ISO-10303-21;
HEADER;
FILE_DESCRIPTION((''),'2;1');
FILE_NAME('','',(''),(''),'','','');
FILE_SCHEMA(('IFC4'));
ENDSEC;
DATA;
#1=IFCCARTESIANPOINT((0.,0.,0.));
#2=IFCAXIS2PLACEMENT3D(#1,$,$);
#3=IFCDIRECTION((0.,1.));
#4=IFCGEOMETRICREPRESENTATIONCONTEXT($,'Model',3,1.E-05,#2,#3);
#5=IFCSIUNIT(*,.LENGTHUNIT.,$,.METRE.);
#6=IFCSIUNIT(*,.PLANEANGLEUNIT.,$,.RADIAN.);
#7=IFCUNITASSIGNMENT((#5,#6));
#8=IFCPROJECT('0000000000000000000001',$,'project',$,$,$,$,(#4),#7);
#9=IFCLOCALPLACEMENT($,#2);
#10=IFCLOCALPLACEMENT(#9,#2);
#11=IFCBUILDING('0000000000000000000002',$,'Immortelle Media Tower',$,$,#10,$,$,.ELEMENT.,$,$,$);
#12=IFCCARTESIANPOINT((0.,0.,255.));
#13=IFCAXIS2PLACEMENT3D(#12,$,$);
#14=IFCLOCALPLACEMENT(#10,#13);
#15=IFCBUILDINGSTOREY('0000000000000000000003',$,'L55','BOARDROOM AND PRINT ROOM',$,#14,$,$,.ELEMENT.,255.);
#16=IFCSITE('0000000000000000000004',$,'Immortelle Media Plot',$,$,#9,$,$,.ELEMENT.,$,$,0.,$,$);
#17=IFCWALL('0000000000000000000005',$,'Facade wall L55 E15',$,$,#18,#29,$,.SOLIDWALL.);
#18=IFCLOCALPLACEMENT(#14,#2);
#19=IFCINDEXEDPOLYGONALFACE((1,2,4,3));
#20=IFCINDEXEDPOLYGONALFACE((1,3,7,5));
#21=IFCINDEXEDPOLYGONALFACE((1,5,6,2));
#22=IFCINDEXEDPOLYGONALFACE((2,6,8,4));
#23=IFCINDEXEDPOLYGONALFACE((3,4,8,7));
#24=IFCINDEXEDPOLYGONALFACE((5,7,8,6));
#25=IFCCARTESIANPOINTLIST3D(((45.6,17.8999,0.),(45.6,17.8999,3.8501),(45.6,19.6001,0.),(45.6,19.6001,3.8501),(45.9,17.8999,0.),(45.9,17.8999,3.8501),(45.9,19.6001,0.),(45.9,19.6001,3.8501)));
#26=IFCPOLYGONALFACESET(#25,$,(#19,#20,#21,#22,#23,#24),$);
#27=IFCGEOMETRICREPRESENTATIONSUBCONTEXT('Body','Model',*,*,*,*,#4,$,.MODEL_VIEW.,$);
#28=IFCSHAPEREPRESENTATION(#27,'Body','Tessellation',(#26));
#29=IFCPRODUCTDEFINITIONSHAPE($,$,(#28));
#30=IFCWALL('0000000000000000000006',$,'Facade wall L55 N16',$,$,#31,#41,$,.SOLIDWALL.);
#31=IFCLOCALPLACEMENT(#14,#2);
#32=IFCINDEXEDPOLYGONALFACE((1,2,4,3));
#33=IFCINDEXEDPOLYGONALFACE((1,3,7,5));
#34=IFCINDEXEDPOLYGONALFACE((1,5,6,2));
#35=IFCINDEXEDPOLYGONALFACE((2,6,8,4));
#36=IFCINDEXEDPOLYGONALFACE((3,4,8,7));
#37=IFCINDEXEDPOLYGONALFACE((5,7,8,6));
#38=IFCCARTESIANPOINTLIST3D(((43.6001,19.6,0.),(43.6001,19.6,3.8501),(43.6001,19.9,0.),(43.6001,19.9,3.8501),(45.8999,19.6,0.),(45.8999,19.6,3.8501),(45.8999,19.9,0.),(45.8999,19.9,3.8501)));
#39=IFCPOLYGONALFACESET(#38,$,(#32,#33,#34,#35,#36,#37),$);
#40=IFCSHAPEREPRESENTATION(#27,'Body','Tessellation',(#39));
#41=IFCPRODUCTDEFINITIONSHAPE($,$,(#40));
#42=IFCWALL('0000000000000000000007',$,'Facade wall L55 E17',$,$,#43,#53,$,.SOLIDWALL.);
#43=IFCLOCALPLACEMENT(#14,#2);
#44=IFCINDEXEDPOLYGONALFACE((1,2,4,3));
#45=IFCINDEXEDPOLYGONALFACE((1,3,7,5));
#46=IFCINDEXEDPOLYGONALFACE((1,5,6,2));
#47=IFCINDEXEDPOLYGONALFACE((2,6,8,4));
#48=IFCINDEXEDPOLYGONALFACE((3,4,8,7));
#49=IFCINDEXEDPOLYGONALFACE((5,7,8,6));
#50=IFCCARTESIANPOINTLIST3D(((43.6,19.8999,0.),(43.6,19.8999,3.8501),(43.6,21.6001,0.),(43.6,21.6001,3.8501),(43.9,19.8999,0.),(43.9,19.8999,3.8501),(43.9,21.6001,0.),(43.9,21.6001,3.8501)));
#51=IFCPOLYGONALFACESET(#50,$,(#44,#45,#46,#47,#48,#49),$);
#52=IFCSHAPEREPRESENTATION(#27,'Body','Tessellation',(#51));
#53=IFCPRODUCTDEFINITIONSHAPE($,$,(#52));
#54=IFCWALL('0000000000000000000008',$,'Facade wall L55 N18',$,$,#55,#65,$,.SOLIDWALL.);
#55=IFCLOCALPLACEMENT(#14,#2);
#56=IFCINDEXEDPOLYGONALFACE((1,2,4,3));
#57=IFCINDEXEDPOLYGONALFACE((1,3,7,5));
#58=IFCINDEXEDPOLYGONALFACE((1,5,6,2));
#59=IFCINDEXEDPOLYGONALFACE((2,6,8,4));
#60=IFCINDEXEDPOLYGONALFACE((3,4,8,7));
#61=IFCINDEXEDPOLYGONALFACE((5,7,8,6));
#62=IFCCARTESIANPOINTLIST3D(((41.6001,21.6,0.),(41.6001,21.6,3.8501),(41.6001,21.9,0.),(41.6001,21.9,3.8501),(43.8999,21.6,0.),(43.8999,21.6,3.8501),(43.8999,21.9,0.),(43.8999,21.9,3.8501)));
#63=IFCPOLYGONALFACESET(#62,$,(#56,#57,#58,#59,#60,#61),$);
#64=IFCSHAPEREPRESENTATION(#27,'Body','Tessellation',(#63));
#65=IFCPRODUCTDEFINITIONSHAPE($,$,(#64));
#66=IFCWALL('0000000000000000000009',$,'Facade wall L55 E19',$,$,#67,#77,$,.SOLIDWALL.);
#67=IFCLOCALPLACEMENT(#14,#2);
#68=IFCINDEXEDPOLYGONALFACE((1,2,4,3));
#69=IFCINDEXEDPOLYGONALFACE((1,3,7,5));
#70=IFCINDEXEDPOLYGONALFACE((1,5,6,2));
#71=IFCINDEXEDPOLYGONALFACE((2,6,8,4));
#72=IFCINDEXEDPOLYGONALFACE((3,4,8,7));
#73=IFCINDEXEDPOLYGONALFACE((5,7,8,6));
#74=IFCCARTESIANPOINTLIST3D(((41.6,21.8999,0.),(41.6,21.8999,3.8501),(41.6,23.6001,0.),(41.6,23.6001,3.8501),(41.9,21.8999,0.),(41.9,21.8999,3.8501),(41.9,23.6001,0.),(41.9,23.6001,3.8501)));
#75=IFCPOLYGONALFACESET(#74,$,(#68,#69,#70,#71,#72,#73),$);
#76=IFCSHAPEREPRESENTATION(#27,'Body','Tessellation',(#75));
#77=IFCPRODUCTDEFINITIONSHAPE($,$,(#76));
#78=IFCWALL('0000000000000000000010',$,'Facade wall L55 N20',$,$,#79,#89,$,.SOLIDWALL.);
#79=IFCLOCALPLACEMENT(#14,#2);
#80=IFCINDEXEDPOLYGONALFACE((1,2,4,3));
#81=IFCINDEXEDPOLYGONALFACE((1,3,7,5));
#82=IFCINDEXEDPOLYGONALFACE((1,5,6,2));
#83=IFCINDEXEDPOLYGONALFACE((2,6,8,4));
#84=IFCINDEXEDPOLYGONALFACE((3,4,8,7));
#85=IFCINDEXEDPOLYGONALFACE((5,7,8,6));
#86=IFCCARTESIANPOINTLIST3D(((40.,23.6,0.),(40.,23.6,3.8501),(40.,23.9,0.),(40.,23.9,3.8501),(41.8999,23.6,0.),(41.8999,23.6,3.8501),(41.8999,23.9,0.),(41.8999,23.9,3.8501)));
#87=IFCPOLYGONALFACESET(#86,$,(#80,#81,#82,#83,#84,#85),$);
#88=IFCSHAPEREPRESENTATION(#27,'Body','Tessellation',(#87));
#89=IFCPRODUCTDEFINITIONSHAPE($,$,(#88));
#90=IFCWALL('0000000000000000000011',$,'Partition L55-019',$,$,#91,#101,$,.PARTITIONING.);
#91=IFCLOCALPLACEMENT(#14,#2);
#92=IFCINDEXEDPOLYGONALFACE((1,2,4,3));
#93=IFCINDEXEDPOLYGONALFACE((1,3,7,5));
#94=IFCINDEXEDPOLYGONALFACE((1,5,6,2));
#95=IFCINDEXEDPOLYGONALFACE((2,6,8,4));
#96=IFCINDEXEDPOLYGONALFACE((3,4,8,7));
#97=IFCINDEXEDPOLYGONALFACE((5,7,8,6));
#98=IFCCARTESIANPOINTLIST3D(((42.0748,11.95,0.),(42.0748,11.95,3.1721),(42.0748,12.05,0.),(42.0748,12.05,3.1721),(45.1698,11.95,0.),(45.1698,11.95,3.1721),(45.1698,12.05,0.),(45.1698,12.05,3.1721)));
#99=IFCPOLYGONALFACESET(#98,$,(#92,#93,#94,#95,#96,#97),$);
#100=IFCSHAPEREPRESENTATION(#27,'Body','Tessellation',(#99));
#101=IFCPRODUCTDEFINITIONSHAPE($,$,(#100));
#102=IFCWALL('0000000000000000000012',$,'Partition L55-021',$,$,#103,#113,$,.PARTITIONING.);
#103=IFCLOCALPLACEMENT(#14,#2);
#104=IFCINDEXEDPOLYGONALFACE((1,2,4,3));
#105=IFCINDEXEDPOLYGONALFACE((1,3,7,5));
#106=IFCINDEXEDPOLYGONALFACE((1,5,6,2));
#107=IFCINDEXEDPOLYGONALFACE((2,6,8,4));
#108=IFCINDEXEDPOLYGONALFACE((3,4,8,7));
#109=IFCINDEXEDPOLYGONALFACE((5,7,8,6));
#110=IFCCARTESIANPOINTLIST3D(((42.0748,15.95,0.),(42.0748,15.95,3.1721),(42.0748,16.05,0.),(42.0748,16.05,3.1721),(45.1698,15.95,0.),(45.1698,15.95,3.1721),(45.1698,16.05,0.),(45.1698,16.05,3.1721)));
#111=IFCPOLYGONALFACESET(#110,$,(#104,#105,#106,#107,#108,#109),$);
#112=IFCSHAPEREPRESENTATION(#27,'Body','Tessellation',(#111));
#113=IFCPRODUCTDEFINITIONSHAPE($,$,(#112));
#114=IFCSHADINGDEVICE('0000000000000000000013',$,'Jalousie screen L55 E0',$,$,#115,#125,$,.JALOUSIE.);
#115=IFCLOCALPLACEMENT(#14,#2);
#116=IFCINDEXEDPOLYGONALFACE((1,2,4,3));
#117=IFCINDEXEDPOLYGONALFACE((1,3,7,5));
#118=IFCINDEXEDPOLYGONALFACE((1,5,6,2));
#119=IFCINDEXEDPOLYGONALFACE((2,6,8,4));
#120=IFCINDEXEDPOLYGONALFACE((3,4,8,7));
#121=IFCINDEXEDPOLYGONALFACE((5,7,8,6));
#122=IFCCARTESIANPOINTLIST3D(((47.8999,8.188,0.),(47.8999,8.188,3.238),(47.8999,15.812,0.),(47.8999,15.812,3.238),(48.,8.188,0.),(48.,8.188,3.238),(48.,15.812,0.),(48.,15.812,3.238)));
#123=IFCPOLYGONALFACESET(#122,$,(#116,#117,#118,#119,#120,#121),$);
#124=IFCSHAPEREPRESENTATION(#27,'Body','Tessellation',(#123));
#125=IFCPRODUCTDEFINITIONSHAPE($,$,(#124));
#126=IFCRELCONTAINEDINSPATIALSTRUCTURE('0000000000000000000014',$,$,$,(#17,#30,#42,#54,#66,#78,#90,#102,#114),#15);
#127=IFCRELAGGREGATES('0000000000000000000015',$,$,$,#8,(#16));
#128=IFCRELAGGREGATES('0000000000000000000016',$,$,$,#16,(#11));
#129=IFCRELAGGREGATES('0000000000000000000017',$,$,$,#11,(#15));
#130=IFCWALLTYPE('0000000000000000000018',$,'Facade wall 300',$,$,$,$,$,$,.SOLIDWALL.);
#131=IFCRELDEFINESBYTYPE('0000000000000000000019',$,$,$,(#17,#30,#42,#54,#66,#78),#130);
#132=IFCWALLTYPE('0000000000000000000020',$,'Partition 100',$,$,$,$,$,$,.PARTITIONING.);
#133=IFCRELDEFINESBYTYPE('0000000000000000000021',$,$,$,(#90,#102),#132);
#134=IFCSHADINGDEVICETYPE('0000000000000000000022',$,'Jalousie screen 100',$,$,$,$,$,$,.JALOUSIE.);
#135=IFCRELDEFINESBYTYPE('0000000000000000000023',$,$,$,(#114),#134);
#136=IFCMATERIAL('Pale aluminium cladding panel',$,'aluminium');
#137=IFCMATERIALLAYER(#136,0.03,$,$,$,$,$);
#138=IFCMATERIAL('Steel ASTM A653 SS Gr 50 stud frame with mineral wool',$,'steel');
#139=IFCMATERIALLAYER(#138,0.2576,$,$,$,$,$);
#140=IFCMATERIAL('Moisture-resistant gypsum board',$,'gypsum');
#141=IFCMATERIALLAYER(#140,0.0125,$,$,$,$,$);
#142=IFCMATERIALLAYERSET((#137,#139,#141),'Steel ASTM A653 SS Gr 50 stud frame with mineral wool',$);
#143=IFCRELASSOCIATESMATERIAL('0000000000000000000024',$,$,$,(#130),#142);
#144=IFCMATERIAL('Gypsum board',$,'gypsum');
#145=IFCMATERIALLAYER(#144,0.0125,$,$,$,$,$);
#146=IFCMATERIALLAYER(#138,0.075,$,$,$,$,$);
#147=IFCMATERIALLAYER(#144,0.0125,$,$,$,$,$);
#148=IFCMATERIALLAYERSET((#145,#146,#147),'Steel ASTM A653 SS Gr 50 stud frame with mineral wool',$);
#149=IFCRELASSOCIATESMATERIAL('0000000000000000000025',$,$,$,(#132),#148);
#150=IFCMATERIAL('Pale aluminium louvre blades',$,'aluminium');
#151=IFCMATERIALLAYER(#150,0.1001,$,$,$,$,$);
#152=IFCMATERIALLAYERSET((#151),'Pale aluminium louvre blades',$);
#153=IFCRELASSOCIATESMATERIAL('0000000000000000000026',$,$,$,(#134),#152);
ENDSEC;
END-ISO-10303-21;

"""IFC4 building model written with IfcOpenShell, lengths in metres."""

from ifc_helpers import new_model, si_unit, direction, frame, frame_2d, origin, origin_2d, place, context, subcontext, project, spatial, rectangle, extrude, material, layer, layer_set, type_object, element, save


model = new_model("IFC4")

# Units and contexts
model_context = context("Model", 3, precision=1e-05, world=origin(), true_north=direction((0.0, 1.0)))
body_context = subcontext(model_context, "Body", "Model", "MODEL_VIEW")
ifc_project = project(units=[si_unit("LENGTHUNIT", "METRE"), si_unit("PLANEANGLEUNIT", "RADIAN")], contexts=[model_context])

# Site, building, storey
site_placement = place(None, origin())
site = spatial("IfcSite", under=ifc_project, at=site_placement, Name="Immortelle Media Plot", CompositionType="ELEMENT", RefElevation=0.0)
building_placement = place(site_placement, origin())
building = spatial("IfcBuilding", under=site, at=building_placement, Name="Immortelle Media Tower", CompositionType="ELEMENT")
storey_placement = place(building_placement, frame((0.0, 0.0, 255.0)))
storey = spatial("IfcBuildingStorey", under=building, at=storey_placement, Name="L55", Description="BOARDROOM AND PRINT ROOM", CompositionType="ELEMENT", Elevation=255.0)

# Walls
ifc_material_1 = material(Name="Steel ASTM A653 SS Gr 50 stud frame with mineral wool", Category="steel")
ifc_material_2 = material(Name="Pale aluminium cladding panel", Category="aluminium")
ifc_layer_1 = layer(ifc_material_2, 0.03)
ifc_layer_2 = layer(ifc_material_1, 0.2576)
ifc_material_3 = material(Name="Moisture-resistant gypsum board", Category="gypsum")
ifc_layer_3 = layer(ifc_material_3, 0.0125)
ifc_layer_set_1 = layer_set([ifc_layer_1, ifc_layer_2, ifc_layer_3], Name="Steel ASTM A653 SS Gr 50 stud frame with mineral wool")
wall_type_1 = type_object("IfcWallType", Name="Facade wall 300", PredefinedType="SOLIDWALL", material=ifc_layer_set_1)
wall_1_placement = place(storey_placement, frame((45.75, 17.8999, 0.0), z_axis=(0.0, 0.0, 1.0), x_axis=(0.0, 1.0, 0.0)))
element("IfcWall", 1, at=wall_1_placement, inside=storey, type_object=wall_type_1, Name="Facade wall L55 E15", PredefinedType="SOLIDWALL", context=body_context, shape_type="SweptSolid", body=[
    extrude(rectangle(XDim=1.7002, YDim=0.3, at=frame_2d((0.8501, 0.0))), origin(), (0.0, 0.0, 1.0), 3.8501),
])
wall_2_placement = place(storey_placement, frame((45.8999, 19.75, 0.0), z_axis=(0.0, 0.0, 1.0), x_axis=(-1.0, 0.0, 0.0)))
element("IfcWall", 2, at=wall_2_placement, inside=storey, type_object=wall_type_1, Name="Facade wall L55 N16", PredefinedType="SOLIDWALL", context=body_context, shape_type="SweptSolid", body=[
    extrude(rectangle(XDim=2.2998, YDim=0.3, at=frame_2d((1.1499, 0.0))), origin(), (0.0, 0.0, 1.0), 3.8501),
])
wall_3_placement = place(storey_placement, frame((43.75, 19.8999, 0.0), z_axis=(0.0, 0.0, 1.0), x_axis=(0.0, 1.0, 0.0)))
element("IfcWall", 3, at=wall_3_placement, inside=storey, type_object=wall_type_1, Name="Facade wall L55 E17", PredefinedType="SOLIDWALL", context=body_context, shape_type="SweptSolid", body=[
    extrude(rectangle(XDim=1.7002, YDim=0.3, at=frame_2d((0.8501, 0.0))), origin(), (0.0, 0.0, 1.0), 3.8501),
])
wall_4_placement = place(storey_placement, frame((43.8999, 21.75, 0.0), z_axis=(0.0, 0.0, 1.0), x_axis=(-1.0, 0.0, 0.0)))
element("IfcWall", 4, at=wall_4_placement, inside=storey, type_object=wall_type_1, Name="Facade wall L55 N18", PredefinedType="SOLIDWALL", context=body_context, shape_type="SweptSolid", body=[
    extrude(rectangle(XDim=2.2998, YDim=0.3, at=frame_2d((1.1499, 0.0))), origin(), (0.0, 0.0, 1.0), 3.8501),
])
wall_5_placement = place(storey_placement, frame((41.75, 21.8999, 0.0), z_axis=(0.0, 0.0, 1.0), x_axis=(0.0, 1.0, 0.0)))
element("IfcWall", 5, at=wall_5_placement, inside=storey, type_object=wall_type_1, Name="Facade wall L55 E19", PredefinedType="SOLIDWALL", context=body_context, shape_type="SweptSolid", body=[
    extrude(rectangle(XDim=1.7002, YDim=0.3, at=frame_2d((0.8501, 0.0))), origin(), (0.0, 0.0, 1.0), 3.8501),
])
wall_6_placement = place(storey_placement, frame((41.8999, 23.75, 0.0), z_axis=(0.0, 0.0, 1.0), x_axis=(-1.0, 0.0, 0.0)))
element("IfcWall", 6, at=wall_6_placement, inside=storey, type_object=wall_type_1, Name="Facade wall L55 N20", PredefinedType="SOLIDWALL", context=body_context, shape_type="SweptSolid", body=[
    extrude(rectangle(XDim=1.8999, YDim=0.3, at=frame_2d((0.95, 0.0))), origin(), (0.0, 0.0, 1.0), 3.8501),
])
ifc_material_4 = material(Name="Gypsum board", Category="gypsum")
ifc_layer_4 = layer(ifc_material_4, 0.0125)
ifc_layer_5 = layer(ifc_material_1, 0.075)
ifc_layer_6 = layer(ifc_material_4, 0.0125)
ifc_layer_set_2 = layer_set([ifc_layer_4, ifc_layer_5, ifc_layer_6], Name="Steel ASTM A653 SS Gr 50 stud frame with mineral wool")
wall_type_2 = type_object("IfcWallType", Name="Partition 100", PredefinedType="PARTITIONING", material=ifc_layer_set_2)
for number, where, z_axis, x_axis, name in (
    (7, (42.075, 12.0, 0.0), (0.0, 0.0, 1.0), (1.0, 0.0, 0.0), "Partition L55-019"),
    (8, (42.075, 16.0, 0.0), (0.0, 0.0, 1.0), (1.0, 0.0, 0.0), "Partition L55-021"),
):
    element("IfcWall", number, at=place(storey_placement, frame(where, z_axis=z_axis, x_axis=x_axis)), inside=storey, type_object=wall_type_2, Name=name, PredefinedType="PARTITIONING", context=body_context, shape_type="SweptSolid", body=[
        extrude(rectangle(XDim=3.095, YDim=0.1001, at=frame_2d((1.5474, 0.0))), origin(), (0.0, 0.0, 1.0), 3.1721),
    ])

# Shading device
ifc_material_5 = material(Name="Pale aluminium louvre blades", Category="aluminium")
ifc_layer_7 = layer(ifc_material_5, 0.1001)
ifc_layer_set_3 = layer_set([ifc_layer_7], Name="Pale aluminium louvre blades")
shading_device_type = type_object("IfcShadingDeviceType", Name="Jalousie screen 100", PredefinedType="JALOUSIE", material=ifc_layer_set_3)
shading_device_placement = place(storey_placement, frame((47.95, 12.0, 0.0), z_axis=(0.0, 0.0, 1.0), x_axis=(0.0, 1.0, 0.0)))
element("IfcShadingDevice", 9, at=shading_device_placement, inside=storey, type_object=shading_device_type, Name="Jalousie screen L55 E0", PredefinedType="JALOUSIE", context=body_context, shape_type="SweptSolid", body=[
    extrude(rectangle(XDim=7.624, YDim=0.1001, at=origin_2d()), origin(), (0.0, 0.0, 1.0), 3.238),
])

save(model, "model.ifc")
